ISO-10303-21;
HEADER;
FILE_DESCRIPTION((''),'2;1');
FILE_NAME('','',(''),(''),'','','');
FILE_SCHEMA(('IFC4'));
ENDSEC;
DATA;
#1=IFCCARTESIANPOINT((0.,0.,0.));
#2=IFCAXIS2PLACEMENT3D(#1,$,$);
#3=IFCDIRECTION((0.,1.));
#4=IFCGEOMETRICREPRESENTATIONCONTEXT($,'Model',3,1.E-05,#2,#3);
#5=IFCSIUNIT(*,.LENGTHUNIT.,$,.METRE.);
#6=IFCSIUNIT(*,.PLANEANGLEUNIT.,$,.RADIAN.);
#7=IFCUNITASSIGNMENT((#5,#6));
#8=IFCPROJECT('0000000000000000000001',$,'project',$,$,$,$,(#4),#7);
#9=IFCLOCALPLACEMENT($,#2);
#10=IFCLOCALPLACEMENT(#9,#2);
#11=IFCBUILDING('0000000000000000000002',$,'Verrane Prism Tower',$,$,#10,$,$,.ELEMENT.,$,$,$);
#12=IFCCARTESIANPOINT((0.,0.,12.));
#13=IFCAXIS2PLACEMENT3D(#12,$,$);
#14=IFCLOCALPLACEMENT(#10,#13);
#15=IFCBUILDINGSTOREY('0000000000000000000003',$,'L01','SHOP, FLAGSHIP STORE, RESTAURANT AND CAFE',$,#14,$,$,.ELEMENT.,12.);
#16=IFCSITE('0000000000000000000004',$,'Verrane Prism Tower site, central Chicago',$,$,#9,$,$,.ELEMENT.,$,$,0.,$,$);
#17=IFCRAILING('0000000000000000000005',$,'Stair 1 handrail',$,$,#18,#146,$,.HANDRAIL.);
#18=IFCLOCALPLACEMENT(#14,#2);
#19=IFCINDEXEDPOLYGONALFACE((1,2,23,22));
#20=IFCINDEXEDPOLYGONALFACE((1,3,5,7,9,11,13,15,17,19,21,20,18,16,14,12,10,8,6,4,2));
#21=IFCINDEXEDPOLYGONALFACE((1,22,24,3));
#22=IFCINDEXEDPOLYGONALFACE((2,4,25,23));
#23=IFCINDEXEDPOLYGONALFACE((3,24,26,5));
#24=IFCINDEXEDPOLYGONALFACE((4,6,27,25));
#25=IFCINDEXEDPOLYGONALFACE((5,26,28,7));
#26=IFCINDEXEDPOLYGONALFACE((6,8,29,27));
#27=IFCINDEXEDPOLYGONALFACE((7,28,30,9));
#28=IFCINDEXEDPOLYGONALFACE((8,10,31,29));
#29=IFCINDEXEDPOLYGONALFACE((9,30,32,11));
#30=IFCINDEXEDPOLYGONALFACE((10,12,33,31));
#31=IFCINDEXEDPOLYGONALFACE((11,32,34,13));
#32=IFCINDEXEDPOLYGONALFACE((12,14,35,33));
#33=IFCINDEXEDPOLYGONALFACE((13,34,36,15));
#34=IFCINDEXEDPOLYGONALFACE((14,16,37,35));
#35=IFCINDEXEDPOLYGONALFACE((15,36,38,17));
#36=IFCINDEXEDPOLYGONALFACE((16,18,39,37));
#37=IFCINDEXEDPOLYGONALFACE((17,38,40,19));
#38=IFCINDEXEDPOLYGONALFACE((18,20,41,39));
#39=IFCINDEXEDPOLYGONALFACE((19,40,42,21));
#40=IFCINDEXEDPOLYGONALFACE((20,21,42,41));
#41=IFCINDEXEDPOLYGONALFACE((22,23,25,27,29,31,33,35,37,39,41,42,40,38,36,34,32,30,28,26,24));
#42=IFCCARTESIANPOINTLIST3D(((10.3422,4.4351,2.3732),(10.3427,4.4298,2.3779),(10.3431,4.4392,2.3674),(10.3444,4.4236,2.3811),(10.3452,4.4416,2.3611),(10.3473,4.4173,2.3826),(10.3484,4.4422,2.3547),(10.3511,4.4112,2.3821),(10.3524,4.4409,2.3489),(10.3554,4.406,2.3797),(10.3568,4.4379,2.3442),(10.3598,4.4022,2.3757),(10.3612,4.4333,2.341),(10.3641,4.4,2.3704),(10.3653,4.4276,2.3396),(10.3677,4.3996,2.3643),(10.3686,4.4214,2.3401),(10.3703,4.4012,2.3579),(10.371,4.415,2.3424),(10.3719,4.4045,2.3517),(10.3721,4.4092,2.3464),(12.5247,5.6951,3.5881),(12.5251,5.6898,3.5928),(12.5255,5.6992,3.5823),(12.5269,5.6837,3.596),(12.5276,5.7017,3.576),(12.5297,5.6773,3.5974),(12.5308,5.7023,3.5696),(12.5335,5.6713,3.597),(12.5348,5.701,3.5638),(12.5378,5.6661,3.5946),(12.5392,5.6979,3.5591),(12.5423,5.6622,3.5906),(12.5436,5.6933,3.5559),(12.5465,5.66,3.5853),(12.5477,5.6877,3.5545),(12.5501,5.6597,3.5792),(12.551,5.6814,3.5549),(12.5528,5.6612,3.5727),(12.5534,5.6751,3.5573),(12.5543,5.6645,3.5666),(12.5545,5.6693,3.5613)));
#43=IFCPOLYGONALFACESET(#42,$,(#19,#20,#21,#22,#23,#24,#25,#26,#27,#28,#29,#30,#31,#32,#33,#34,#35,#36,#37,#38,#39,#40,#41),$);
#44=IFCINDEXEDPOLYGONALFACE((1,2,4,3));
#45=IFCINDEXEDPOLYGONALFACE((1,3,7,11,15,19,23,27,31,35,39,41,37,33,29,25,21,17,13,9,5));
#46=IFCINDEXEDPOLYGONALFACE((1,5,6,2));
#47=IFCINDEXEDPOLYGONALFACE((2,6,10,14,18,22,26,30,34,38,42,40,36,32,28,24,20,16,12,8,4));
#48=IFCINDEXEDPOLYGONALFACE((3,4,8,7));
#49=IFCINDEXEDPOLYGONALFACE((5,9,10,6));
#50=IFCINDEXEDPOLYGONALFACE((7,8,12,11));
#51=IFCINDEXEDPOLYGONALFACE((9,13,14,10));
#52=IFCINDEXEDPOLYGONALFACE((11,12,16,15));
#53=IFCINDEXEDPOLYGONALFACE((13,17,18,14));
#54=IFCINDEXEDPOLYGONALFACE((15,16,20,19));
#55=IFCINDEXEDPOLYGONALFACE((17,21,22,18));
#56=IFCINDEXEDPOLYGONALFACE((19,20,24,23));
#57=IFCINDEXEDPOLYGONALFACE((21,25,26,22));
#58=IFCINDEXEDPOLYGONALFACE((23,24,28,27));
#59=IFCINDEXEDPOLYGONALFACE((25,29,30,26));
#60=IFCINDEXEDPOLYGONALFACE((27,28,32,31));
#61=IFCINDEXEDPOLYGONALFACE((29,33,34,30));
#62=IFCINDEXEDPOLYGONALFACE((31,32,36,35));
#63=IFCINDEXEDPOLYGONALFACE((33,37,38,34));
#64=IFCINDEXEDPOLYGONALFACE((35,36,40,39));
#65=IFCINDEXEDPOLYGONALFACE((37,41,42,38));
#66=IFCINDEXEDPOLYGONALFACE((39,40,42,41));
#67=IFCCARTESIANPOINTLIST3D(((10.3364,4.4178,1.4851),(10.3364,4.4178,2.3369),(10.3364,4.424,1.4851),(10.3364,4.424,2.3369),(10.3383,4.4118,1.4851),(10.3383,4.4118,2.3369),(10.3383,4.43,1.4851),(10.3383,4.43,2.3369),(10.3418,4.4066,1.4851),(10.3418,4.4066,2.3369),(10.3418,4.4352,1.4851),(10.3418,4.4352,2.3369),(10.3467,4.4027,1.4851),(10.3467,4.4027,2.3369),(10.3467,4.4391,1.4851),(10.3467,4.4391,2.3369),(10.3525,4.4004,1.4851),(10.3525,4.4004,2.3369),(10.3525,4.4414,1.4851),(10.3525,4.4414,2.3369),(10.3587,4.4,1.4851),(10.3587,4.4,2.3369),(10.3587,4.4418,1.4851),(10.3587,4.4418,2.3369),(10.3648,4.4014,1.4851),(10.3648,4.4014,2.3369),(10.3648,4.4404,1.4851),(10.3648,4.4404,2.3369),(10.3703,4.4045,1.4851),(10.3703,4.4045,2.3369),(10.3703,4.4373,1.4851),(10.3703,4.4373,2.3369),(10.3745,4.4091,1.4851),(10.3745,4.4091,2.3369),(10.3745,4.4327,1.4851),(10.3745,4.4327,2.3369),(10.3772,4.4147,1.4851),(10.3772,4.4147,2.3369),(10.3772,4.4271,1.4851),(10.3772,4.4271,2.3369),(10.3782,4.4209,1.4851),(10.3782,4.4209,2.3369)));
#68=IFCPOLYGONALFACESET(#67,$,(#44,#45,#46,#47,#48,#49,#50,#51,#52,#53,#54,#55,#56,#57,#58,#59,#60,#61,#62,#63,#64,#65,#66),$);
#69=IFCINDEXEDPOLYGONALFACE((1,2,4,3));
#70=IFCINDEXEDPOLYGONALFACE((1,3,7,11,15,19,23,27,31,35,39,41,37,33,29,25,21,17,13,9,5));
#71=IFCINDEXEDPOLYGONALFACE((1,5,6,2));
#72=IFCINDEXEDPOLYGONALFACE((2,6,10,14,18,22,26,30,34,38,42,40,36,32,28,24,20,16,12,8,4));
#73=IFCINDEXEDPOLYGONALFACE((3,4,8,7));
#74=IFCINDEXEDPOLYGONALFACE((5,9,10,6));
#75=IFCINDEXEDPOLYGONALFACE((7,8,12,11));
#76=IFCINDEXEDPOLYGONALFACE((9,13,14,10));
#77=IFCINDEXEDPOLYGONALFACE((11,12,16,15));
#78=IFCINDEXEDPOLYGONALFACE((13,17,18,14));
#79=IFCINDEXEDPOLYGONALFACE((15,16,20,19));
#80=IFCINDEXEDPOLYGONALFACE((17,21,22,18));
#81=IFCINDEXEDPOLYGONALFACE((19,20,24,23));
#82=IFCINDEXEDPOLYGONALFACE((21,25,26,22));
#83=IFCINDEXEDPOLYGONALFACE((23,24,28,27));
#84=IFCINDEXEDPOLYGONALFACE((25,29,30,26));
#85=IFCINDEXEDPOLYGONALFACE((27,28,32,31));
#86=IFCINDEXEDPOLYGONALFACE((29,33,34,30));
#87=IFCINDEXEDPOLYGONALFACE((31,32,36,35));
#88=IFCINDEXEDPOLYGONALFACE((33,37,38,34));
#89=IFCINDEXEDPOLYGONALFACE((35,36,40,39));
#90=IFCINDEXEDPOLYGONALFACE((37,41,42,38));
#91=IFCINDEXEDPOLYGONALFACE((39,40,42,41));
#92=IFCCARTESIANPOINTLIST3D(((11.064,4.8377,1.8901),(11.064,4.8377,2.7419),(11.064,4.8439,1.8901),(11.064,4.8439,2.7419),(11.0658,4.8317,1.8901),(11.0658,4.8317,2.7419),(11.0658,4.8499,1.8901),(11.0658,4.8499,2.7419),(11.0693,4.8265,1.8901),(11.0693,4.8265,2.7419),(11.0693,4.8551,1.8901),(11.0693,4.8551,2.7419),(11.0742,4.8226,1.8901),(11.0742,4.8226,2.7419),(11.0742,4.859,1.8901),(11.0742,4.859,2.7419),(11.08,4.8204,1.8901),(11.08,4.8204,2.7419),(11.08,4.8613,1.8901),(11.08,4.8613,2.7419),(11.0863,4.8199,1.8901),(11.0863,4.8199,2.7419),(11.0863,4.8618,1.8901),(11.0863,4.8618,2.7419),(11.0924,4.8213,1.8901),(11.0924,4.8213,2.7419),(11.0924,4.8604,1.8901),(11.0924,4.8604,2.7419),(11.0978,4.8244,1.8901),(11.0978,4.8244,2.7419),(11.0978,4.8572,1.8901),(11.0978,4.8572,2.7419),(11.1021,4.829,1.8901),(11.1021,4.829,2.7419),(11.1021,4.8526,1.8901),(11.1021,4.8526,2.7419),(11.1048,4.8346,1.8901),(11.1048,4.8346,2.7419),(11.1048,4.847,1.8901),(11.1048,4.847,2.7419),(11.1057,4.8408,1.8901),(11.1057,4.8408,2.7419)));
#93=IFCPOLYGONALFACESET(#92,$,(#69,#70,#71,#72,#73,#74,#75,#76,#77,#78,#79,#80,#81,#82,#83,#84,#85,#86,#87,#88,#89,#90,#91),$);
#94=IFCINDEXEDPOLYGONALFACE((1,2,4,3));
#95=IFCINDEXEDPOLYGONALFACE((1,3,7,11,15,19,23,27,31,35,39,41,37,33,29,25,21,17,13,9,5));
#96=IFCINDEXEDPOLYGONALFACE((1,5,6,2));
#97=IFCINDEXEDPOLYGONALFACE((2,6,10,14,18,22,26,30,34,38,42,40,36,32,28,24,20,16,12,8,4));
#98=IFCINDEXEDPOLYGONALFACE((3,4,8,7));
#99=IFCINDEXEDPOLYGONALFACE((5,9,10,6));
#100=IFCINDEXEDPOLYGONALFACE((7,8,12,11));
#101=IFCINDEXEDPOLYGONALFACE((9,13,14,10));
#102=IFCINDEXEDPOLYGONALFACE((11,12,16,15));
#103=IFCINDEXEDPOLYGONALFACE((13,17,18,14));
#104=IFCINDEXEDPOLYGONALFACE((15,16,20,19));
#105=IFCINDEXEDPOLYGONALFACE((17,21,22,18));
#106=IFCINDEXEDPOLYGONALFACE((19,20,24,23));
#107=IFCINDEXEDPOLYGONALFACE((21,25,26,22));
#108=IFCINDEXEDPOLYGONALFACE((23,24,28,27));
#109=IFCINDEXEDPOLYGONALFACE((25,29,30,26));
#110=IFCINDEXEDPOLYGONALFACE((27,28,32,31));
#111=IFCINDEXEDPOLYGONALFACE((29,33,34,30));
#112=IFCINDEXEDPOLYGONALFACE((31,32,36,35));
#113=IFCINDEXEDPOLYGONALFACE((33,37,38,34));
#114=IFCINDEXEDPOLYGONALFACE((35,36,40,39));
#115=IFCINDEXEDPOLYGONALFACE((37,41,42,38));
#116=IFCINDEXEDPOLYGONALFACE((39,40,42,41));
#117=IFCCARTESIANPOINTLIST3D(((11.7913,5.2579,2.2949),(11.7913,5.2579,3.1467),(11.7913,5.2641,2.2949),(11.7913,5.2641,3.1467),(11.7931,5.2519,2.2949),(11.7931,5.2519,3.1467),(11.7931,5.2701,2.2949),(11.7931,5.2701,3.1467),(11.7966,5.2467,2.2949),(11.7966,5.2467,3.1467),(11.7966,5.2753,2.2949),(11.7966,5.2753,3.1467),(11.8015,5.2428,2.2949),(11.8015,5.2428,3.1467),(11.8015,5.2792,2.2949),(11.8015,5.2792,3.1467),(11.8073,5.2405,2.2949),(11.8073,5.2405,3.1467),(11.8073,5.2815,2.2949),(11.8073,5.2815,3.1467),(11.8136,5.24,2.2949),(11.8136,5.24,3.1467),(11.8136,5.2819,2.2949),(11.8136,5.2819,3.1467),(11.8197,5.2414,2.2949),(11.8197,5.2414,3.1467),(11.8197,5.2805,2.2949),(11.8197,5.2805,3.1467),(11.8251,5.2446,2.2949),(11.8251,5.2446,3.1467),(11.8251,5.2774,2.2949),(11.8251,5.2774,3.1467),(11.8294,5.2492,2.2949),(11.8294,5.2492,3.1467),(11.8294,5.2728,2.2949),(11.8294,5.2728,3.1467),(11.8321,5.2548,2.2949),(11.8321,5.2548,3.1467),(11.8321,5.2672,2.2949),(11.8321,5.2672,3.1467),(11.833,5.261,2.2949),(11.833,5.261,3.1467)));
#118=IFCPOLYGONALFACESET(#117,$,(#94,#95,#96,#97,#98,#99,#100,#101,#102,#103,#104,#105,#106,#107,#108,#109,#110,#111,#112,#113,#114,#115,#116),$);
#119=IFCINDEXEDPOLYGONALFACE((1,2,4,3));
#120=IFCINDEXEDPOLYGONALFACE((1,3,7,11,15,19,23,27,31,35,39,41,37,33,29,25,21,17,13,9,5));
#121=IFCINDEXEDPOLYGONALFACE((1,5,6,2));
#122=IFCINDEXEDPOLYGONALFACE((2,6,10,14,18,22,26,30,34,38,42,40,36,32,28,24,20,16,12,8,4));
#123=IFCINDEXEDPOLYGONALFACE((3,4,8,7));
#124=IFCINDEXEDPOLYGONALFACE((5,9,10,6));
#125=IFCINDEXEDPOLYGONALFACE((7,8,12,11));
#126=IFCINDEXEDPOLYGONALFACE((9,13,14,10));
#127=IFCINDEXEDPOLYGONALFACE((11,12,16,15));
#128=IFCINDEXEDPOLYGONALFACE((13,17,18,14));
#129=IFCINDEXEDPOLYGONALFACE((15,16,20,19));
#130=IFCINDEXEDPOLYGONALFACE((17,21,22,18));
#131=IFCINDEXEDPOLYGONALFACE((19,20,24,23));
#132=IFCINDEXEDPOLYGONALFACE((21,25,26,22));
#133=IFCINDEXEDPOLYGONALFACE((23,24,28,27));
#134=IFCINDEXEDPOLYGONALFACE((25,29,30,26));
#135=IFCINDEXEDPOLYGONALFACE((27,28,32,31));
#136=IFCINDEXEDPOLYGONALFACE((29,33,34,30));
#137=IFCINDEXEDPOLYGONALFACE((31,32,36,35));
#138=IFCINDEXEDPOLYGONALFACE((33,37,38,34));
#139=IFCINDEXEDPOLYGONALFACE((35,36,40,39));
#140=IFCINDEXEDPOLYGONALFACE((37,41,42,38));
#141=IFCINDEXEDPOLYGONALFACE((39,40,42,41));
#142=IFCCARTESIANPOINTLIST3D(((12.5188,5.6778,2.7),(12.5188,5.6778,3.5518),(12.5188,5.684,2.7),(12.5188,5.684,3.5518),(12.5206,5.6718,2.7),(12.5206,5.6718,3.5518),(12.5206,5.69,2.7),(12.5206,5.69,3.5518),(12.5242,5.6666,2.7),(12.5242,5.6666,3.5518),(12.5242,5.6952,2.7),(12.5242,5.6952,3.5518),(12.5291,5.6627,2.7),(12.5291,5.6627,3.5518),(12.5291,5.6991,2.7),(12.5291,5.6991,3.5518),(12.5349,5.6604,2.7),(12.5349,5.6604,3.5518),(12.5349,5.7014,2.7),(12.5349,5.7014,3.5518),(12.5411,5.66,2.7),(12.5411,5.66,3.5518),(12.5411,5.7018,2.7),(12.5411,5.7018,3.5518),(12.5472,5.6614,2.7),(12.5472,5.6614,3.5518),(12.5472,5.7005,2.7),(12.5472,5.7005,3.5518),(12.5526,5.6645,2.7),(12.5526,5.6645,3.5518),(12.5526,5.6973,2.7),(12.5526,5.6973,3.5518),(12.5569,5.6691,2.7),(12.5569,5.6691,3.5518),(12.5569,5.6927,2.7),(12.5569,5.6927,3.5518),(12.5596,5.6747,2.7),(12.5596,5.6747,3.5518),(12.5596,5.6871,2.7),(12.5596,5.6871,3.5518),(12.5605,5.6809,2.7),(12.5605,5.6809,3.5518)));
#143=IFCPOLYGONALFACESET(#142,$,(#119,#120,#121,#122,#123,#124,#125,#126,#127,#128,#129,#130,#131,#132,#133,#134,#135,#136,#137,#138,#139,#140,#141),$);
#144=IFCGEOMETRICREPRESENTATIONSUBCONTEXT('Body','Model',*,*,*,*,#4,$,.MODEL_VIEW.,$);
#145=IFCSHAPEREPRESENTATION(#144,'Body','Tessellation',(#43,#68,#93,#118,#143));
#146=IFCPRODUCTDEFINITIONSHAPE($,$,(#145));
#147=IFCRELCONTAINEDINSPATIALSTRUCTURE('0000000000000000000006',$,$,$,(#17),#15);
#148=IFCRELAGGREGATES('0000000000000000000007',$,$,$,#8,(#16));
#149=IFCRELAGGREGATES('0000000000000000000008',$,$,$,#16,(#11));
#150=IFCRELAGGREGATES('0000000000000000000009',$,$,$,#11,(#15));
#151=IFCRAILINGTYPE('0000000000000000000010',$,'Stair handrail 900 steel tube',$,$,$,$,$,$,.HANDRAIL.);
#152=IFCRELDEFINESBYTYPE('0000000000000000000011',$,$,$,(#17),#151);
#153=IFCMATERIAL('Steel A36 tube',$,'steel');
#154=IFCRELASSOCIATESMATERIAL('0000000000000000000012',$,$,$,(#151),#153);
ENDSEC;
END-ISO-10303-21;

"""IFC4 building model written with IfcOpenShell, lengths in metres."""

from ifc_helpers import new_model, si_unit, direction, frame, origin, origin_2d, place, context, subcontext, project, spatial, circle, extrude, material, type_object, element, save


model = new_model("IFC4")

# Units and contexts
model_context = context("Model", 3, precision=1e-05, world=origin(), true_north=direction((0.0, 1.0)))
body_context = subcontext(model_context, "Body", "Model", "MODEL_VIEW")
ifc_project = project(units=[si_unit("LENGTHUNIT", "METRE"), si_unit("PLANEANGLEUNIT", "RADIAN")], contexts=[model_context])

# Site, building, storey
site_placement = place(None, origin())
site = spatial("IfcSite", under=ifc_project, at=site_placement, Name="Verrane Prism Tower site, central Chicago", CompositionType="ELEMENT", RefElevation=0.0)
building_placement = place(site_placement, origin())
building = spatial("IfcBuilding", under=site, at=building_placement, Name="Verrane Prism Tower", CompositionType="ELEMENT")
storey_placement = place(building_placement, frame((0.0, 0.0, 12.0)))
storey = spatial("IfcBuildingStorey", under=building, at=storey_placement, Name="L01", Description="SHOP, FLAGSHIP STORE, RESTAURANT AND CAFE", CompositionType="ELEMENT", Elevation=12.0)

# Railing
ifc_material_1 = material(Name="Steel A36 tube", Category="steel")
railing_type_1 = type_object("IfcRailingType", Name="Stair handrail 900 steel tube", PredefinedType="HANDRAIL", material=ifc_material_1)
for number, where, name in (
    (1, (10.3572, 4.4209, 1.4851), "Stair 1 handrail"),
):
    element("IfcRailing", number, at=place(storey_placement, frame(where)), inside=storey, type_object=railing_type_1, Name=name, PredefinedType="HANDRAIL", context=body_context, shape_type="SweptSolid", body=[
        extrude(circle(Radius=0.0239, at=origin_2d()), frame((0.0, 0.0, 0.876), z_axis=(0.780105, 0.450399, 0.434255), x_axis=(-0.500005, 0.866023, 0.0)), (0.0, 0.0, 1.0), 2.7976),
        extrude(circle(Radius=0.021, at=origin_2d()), origin(), (0.0, 0.0, 1.0), 0.8518),
        extrude(circle(Radius=0.021, at=origin_2d()), frame((0.7275, 0.4199, 0.405)), (0.0, 0.0, 1.0), 0.8518),
        extrude(circle(Radius=0.021, at=origin_2d()), frame((1.4548, 0.8401, 0.8098)), (0.0, 0.0, 1.0), 0.8518),
        extrude(circle(Radius=0.021, at=origin_2d()), frame((2.1824, 1.26, 1.2148)), (0.0, 0.0, 1.0), 0.8518),
    ])

save(model, "model.ifc")
